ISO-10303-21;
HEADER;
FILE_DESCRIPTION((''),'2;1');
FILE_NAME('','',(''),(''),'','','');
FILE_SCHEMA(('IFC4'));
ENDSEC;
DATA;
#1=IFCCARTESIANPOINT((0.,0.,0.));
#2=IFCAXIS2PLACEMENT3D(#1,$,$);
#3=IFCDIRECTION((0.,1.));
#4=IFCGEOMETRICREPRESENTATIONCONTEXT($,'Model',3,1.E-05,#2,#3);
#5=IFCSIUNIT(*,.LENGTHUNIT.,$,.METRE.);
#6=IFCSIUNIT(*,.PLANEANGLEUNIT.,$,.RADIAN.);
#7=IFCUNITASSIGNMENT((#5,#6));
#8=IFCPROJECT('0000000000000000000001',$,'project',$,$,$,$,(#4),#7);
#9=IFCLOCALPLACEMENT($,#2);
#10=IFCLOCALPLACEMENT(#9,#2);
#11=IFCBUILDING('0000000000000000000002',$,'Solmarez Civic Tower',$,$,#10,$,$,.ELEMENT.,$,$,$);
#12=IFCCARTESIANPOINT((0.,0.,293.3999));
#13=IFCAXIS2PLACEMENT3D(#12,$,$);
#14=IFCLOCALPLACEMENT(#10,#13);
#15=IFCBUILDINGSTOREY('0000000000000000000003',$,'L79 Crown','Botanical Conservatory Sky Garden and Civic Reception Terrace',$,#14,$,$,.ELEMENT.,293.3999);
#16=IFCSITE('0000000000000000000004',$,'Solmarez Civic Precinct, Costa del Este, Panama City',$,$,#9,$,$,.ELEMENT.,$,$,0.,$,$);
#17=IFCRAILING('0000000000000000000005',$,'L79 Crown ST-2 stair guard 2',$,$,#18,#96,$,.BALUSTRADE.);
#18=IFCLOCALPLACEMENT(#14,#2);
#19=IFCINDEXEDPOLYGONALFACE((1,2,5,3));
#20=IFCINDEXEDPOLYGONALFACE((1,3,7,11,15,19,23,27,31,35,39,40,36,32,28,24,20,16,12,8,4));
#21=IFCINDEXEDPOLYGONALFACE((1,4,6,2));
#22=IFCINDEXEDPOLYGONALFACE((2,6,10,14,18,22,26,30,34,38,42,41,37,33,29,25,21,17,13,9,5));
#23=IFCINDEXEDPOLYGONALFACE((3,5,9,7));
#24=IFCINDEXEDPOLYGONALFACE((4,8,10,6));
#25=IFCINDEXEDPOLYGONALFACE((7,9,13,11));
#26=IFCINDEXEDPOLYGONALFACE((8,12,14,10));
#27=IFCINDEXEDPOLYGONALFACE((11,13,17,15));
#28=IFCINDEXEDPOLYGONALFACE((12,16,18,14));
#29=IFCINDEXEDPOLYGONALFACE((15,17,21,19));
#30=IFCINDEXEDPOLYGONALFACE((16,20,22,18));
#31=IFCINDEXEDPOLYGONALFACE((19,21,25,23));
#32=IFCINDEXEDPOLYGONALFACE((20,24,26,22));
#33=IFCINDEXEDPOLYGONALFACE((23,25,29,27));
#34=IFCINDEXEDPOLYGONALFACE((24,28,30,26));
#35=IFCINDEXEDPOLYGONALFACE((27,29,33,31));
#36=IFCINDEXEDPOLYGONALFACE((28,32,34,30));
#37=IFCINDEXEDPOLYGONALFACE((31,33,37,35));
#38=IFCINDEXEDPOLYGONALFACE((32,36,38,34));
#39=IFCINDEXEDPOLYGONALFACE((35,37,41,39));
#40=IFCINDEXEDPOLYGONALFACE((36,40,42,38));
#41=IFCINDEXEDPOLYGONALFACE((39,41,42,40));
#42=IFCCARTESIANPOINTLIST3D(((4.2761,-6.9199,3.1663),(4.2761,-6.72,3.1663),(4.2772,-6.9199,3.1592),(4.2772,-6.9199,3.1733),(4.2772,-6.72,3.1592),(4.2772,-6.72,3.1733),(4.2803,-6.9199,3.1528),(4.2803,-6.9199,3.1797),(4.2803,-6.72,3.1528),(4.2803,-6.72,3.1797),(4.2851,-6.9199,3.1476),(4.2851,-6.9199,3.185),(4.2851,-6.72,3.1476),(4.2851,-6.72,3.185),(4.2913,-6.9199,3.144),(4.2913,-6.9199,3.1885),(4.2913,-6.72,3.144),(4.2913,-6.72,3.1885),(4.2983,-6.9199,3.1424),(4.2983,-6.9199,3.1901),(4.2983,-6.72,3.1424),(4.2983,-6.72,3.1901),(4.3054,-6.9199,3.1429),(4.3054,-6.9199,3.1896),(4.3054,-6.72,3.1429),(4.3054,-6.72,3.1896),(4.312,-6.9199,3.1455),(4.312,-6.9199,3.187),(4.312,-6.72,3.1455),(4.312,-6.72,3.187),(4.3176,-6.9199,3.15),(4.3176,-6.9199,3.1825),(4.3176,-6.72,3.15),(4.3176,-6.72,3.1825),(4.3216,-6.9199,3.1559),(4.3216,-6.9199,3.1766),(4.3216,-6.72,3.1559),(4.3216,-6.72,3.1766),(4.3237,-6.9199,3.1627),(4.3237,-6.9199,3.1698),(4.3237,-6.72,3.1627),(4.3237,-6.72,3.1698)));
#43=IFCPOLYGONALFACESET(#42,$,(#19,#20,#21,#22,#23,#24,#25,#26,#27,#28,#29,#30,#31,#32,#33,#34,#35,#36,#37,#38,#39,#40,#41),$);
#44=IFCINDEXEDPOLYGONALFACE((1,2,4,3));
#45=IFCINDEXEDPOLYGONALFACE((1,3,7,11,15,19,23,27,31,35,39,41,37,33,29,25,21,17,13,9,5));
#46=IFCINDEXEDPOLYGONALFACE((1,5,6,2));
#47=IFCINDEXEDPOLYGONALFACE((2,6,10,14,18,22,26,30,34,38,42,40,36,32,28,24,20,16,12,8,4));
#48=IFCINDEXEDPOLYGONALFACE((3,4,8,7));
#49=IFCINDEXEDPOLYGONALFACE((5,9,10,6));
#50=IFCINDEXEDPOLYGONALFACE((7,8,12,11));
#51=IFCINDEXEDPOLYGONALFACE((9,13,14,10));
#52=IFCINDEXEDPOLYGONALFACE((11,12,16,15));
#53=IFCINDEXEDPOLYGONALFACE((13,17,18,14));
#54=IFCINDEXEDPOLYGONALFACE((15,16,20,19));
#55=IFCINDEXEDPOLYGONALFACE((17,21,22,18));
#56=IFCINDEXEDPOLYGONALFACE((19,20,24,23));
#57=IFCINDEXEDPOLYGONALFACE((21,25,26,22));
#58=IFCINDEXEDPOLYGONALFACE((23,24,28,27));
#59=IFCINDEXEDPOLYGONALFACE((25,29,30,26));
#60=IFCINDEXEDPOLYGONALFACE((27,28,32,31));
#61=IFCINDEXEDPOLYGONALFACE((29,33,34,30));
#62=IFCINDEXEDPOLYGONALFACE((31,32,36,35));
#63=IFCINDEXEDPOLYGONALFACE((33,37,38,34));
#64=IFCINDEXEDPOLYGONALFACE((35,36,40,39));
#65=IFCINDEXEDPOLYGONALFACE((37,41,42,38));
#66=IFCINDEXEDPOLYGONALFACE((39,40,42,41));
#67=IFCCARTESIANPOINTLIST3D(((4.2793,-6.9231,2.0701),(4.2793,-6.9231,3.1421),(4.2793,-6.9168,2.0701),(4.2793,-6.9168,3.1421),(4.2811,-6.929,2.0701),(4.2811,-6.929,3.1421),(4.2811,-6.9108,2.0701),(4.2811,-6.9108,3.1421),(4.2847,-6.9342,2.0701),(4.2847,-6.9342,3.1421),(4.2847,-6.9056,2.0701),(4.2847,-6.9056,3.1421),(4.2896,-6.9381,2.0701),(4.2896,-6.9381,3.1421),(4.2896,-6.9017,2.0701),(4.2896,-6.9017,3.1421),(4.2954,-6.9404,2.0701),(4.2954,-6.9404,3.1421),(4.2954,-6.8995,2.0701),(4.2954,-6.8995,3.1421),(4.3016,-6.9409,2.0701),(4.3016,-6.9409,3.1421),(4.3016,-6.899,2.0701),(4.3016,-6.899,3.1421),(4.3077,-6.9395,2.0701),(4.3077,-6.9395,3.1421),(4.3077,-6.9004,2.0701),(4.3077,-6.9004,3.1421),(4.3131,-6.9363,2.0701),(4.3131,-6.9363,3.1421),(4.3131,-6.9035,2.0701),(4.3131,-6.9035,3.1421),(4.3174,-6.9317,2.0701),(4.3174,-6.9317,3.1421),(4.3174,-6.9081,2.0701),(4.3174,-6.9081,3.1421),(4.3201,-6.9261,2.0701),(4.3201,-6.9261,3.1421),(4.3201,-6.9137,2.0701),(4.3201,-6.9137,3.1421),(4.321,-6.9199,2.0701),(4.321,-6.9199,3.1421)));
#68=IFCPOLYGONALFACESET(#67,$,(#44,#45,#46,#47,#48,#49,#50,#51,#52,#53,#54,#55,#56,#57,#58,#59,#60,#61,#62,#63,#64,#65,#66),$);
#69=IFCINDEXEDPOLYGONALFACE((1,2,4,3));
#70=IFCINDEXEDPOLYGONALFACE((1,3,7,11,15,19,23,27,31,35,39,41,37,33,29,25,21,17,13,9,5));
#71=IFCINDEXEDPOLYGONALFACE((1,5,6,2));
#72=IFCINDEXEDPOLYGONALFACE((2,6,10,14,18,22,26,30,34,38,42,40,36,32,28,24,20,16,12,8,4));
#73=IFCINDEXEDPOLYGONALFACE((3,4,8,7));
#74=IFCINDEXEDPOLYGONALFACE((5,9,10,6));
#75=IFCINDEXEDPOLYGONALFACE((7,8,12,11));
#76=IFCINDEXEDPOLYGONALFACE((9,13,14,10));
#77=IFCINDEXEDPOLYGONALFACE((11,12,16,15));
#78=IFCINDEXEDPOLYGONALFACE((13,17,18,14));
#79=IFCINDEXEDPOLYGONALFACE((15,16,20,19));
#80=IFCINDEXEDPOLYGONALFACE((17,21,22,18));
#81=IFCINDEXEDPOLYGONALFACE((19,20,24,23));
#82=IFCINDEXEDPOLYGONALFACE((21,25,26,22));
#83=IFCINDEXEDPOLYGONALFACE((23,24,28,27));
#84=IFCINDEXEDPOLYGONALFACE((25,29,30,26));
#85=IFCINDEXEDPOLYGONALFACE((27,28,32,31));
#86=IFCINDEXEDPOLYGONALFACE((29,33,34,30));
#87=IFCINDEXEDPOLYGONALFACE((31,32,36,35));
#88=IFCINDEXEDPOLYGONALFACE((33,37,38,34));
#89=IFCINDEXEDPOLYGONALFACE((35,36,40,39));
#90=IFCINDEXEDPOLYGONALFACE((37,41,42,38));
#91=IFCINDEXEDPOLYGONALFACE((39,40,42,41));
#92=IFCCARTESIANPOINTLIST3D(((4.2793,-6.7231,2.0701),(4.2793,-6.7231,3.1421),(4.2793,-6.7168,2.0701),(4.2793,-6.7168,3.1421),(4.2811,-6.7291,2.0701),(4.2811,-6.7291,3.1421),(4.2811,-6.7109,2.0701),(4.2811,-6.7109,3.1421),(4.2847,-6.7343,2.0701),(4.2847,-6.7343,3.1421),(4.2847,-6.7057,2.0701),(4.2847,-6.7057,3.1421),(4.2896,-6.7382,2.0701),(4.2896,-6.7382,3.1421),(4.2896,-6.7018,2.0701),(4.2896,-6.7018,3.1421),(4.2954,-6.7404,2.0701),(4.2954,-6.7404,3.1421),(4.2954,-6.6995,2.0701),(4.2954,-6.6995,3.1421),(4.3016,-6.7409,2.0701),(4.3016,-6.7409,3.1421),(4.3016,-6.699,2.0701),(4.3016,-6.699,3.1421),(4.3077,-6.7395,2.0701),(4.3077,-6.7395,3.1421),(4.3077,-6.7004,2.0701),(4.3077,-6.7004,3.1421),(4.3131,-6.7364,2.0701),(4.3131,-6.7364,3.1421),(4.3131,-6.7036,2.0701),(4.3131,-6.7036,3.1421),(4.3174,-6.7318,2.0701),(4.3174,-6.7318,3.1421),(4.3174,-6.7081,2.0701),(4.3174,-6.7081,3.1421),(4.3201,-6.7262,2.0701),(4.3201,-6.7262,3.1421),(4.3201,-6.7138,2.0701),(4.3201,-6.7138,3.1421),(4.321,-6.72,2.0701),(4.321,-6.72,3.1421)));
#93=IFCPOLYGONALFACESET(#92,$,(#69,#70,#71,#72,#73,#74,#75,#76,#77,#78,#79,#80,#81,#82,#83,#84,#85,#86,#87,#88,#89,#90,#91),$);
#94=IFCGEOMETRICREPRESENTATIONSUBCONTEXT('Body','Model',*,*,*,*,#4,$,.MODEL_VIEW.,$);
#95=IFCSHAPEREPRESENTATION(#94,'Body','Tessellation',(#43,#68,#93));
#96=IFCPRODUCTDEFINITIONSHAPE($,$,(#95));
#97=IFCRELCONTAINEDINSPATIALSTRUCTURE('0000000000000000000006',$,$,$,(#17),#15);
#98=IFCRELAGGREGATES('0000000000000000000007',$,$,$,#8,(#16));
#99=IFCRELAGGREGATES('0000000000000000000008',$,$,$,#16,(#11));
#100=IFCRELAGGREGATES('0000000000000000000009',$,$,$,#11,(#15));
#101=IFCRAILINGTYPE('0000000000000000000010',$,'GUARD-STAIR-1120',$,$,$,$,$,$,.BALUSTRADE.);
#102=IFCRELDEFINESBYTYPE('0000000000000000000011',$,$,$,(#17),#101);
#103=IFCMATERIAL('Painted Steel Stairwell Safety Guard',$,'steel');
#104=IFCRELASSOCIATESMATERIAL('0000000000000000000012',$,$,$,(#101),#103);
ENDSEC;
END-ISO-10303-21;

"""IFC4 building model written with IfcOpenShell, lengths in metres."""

from ifc_helpers import new_model, si_unit, direction, frame, origin, origin_2d, place, context, subcontext, project, spatial, circle, extrude, material, type_object, element, save


model = new_model("IFC4")

# Units and contexts
model_context = context("Model", 3, precision=1e-05, world=origin(), true_north=direction((0.0, 1.0)))
body_context = subcontext(model_context, "Body", "Model", "MODEL_VIEW")
ifc_project = project(units=[si_unit("LENGTHUNIT", "METRE"), si_unit("PLANEANGLEUNIT", "RADIAN")], contexts=[model_context])

# Site, building, storey
site_placement = place(None, origin())
site = spatial("IfcSite", under=ifc_project, at=site_placement, Name="Solmarez Civic Precinct, Costa del Este, Panama City", CompositionType="ELEMENT", RefElevation=0.0)
building_placement = place(site_placement, origin())
building = spatial("IfcBuilding", under=site, at=building_placement, Name="Solmarez Civic Tower", CompositionType="ELEMENT")
storey_placement = place(building_placement, frame((0.0, 0.0, 293.3999)))
storey = spatial("IfcBuildingStorey", under=building, at=storey_placement, Name="L79 Crown", Description="Botanical Conservatory Sky Garden and Civic Reception Terrace", CompositionType="ELEMENT", Elevation=293.3999)

# Railing
ifc_material_1 = material(Name="Painted Steel Stairwell Safety Guard", Category="steel")
railing_type_1 = type_object("IfcRailingType", Name="GUARD-STAIR-1120", PredefinedType="BALUSTRADE", material=ifc_material_1)
railing_1_placement = place(storey_placement, frame((4.3, -6.9199, 2.0701)))
element("IfcRailing", 1, at=railing_1_placement, inside=storey, type_object=railing_type_1, Name="L79 Crown ST-2 stair guard 2", PredefinedType="BALUSTRADE", context=body_context, shape_type="SweptSolid", body=[
    extrude(circle(Radius=0.0239, at=origin_2d()), frame((0.0, 0.0, 1.0962), z_axis=(0.0, 1.0, 0.0), x_axis=(-1.0, 0.0, 0.0)), (0.0, 0.0, 1.0), 0.2),
    extrude(circle(Radius=0.021, at=origin_2d()), origin(), (0.0, 0.0, 1.0), 1.072),
    extrude(circle(Radius=0.021, at=origin_2d()), frame((0.0, 0.2, 0.0)), (0.0, 0.0, 1.0), 1.072),
])

save(model, "model.ifc")
